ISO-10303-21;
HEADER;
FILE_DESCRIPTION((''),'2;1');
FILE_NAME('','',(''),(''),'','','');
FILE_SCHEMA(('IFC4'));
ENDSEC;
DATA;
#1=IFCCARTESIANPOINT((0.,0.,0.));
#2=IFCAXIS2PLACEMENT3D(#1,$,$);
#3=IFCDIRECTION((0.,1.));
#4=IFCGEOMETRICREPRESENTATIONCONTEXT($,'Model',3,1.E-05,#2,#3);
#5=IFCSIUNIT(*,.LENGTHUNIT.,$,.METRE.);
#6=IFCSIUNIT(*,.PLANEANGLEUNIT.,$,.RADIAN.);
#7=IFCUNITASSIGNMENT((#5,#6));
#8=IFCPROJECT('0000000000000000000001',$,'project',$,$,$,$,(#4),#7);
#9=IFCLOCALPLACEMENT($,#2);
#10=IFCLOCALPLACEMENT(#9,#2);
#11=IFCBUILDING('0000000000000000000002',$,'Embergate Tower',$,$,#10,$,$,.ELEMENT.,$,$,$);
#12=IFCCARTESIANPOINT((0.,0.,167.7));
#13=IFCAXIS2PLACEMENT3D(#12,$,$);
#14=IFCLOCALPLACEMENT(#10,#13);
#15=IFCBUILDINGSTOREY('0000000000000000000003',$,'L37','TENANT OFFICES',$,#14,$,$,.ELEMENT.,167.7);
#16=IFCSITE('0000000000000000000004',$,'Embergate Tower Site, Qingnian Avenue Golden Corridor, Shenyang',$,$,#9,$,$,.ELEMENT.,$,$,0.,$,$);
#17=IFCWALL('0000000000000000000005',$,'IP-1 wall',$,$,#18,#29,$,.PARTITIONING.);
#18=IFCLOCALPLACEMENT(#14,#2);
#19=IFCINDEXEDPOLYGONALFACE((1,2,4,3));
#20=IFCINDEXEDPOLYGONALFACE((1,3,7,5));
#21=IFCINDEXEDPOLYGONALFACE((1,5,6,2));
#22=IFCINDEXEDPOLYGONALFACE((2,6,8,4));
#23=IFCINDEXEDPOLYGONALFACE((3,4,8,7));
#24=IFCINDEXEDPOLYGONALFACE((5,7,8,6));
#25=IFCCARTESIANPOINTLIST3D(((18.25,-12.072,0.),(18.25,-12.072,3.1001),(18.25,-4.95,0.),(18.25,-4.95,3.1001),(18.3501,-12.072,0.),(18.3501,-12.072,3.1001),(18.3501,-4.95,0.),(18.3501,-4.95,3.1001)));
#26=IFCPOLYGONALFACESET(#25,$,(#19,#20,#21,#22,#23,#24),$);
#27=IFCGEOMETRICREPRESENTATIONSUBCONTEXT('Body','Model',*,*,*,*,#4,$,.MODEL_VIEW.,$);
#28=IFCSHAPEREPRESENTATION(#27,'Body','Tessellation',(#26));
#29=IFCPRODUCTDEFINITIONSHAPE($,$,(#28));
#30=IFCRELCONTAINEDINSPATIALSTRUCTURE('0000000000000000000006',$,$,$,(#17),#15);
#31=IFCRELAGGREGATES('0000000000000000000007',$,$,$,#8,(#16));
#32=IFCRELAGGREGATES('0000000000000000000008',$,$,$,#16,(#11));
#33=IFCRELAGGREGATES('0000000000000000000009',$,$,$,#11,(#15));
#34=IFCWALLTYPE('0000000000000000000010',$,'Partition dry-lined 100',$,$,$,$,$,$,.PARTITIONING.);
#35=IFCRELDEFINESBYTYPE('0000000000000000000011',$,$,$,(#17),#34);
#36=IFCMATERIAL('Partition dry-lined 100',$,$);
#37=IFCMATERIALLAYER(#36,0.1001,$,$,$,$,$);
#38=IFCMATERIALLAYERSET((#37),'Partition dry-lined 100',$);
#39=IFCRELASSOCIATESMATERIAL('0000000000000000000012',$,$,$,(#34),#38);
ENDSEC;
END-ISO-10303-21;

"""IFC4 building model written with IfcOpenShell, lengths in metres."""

from ifc_helpers import new_model, si_unit, direction, frame, frame_2d, origin, place, context, subcontext, project, spatial, rectangle, extrude, source, transform, mapped, material, layer, layer_set, type_object, element, save


model = new_model("IFC4")

# Units and contexts
model_context = context("Model", 3, precision=1e-05, world=origin(), true_north=direction((0.0, 1.0)))
body_context = subcontext(model_context, "Body", "Model", "MODEL_VIEW")
ifc_project = project(units=[si_unit("LENGTHUNIT", "METRE"), si_unit("PLANEANGLEUNIT", "RADIAN")], contexts=[model_context])

# Site, building, storey
site_placement = place(None, origin())
site = spatial("IfcSite", under=ifc_project, at=site_placement, Name="Embergate Tower Site, Qingnian Avenue Golden Corridor, Shenyang", CompositionType="ELEMENT", RefElevation=0.0)
building_placement = place(site_placement, origin())
building = spatial("IfcBuilding", under=site, at=building_placement, Name="Embergate Tower", CompositionType="ELEMENT")
storey_placement = place(building_placement, frame((0.0, 0.0, 167.7)))
storey = spatial("IfcBuildingStorey", under=building, at=storey_placement, Name="L37", Description="TENANT OFFICES", CompositionType="ELEMENT", Elevation=167.7)

# Shared definitions
ifc_material_1 = material(Name="Partition dry-lined 100")
ifc_layer_1 = layer(ifc_material_1, 0.1001)
ifc_layer_set_1 = layer_set([ifc_layer_1], Name="Partition dry-lined 100")
wall_type_1 = type_object("IfcWallType", Name="Partition dry-lined 100", PredefinedType="PARTITIONING", material=ifc_layer_set_1)

# Wall
shared_shape_1 = source(origin(), body_context, "Body", "SweptSolid", [
    extrude(rectangle(XDim=7.1221, YDim=0.1001, at=frame_2d((3.561, 0.0))), origin(), (0.0, 0.0, 1.0), 3.1001),
])
wall_1_placement = place(storey_placement, frame((18.3, -4.95, 0.0), z_axis=(0.0, 0.0, 1.0), x_axis=(0.0, -1.0, 0.0)))
element("IfcWall", 1, at=wall_1_placement, inside=storey, type_object=wall_type_1, Name="IP-1 wall", PredefinedType="PARTITIONING", context=body_context, shape_type="MappedRepresentation", body=[
    mapped(shared_shape_1, transform((0.0, 0.0, 0.0))),
])

save(model, "model.ifc")
